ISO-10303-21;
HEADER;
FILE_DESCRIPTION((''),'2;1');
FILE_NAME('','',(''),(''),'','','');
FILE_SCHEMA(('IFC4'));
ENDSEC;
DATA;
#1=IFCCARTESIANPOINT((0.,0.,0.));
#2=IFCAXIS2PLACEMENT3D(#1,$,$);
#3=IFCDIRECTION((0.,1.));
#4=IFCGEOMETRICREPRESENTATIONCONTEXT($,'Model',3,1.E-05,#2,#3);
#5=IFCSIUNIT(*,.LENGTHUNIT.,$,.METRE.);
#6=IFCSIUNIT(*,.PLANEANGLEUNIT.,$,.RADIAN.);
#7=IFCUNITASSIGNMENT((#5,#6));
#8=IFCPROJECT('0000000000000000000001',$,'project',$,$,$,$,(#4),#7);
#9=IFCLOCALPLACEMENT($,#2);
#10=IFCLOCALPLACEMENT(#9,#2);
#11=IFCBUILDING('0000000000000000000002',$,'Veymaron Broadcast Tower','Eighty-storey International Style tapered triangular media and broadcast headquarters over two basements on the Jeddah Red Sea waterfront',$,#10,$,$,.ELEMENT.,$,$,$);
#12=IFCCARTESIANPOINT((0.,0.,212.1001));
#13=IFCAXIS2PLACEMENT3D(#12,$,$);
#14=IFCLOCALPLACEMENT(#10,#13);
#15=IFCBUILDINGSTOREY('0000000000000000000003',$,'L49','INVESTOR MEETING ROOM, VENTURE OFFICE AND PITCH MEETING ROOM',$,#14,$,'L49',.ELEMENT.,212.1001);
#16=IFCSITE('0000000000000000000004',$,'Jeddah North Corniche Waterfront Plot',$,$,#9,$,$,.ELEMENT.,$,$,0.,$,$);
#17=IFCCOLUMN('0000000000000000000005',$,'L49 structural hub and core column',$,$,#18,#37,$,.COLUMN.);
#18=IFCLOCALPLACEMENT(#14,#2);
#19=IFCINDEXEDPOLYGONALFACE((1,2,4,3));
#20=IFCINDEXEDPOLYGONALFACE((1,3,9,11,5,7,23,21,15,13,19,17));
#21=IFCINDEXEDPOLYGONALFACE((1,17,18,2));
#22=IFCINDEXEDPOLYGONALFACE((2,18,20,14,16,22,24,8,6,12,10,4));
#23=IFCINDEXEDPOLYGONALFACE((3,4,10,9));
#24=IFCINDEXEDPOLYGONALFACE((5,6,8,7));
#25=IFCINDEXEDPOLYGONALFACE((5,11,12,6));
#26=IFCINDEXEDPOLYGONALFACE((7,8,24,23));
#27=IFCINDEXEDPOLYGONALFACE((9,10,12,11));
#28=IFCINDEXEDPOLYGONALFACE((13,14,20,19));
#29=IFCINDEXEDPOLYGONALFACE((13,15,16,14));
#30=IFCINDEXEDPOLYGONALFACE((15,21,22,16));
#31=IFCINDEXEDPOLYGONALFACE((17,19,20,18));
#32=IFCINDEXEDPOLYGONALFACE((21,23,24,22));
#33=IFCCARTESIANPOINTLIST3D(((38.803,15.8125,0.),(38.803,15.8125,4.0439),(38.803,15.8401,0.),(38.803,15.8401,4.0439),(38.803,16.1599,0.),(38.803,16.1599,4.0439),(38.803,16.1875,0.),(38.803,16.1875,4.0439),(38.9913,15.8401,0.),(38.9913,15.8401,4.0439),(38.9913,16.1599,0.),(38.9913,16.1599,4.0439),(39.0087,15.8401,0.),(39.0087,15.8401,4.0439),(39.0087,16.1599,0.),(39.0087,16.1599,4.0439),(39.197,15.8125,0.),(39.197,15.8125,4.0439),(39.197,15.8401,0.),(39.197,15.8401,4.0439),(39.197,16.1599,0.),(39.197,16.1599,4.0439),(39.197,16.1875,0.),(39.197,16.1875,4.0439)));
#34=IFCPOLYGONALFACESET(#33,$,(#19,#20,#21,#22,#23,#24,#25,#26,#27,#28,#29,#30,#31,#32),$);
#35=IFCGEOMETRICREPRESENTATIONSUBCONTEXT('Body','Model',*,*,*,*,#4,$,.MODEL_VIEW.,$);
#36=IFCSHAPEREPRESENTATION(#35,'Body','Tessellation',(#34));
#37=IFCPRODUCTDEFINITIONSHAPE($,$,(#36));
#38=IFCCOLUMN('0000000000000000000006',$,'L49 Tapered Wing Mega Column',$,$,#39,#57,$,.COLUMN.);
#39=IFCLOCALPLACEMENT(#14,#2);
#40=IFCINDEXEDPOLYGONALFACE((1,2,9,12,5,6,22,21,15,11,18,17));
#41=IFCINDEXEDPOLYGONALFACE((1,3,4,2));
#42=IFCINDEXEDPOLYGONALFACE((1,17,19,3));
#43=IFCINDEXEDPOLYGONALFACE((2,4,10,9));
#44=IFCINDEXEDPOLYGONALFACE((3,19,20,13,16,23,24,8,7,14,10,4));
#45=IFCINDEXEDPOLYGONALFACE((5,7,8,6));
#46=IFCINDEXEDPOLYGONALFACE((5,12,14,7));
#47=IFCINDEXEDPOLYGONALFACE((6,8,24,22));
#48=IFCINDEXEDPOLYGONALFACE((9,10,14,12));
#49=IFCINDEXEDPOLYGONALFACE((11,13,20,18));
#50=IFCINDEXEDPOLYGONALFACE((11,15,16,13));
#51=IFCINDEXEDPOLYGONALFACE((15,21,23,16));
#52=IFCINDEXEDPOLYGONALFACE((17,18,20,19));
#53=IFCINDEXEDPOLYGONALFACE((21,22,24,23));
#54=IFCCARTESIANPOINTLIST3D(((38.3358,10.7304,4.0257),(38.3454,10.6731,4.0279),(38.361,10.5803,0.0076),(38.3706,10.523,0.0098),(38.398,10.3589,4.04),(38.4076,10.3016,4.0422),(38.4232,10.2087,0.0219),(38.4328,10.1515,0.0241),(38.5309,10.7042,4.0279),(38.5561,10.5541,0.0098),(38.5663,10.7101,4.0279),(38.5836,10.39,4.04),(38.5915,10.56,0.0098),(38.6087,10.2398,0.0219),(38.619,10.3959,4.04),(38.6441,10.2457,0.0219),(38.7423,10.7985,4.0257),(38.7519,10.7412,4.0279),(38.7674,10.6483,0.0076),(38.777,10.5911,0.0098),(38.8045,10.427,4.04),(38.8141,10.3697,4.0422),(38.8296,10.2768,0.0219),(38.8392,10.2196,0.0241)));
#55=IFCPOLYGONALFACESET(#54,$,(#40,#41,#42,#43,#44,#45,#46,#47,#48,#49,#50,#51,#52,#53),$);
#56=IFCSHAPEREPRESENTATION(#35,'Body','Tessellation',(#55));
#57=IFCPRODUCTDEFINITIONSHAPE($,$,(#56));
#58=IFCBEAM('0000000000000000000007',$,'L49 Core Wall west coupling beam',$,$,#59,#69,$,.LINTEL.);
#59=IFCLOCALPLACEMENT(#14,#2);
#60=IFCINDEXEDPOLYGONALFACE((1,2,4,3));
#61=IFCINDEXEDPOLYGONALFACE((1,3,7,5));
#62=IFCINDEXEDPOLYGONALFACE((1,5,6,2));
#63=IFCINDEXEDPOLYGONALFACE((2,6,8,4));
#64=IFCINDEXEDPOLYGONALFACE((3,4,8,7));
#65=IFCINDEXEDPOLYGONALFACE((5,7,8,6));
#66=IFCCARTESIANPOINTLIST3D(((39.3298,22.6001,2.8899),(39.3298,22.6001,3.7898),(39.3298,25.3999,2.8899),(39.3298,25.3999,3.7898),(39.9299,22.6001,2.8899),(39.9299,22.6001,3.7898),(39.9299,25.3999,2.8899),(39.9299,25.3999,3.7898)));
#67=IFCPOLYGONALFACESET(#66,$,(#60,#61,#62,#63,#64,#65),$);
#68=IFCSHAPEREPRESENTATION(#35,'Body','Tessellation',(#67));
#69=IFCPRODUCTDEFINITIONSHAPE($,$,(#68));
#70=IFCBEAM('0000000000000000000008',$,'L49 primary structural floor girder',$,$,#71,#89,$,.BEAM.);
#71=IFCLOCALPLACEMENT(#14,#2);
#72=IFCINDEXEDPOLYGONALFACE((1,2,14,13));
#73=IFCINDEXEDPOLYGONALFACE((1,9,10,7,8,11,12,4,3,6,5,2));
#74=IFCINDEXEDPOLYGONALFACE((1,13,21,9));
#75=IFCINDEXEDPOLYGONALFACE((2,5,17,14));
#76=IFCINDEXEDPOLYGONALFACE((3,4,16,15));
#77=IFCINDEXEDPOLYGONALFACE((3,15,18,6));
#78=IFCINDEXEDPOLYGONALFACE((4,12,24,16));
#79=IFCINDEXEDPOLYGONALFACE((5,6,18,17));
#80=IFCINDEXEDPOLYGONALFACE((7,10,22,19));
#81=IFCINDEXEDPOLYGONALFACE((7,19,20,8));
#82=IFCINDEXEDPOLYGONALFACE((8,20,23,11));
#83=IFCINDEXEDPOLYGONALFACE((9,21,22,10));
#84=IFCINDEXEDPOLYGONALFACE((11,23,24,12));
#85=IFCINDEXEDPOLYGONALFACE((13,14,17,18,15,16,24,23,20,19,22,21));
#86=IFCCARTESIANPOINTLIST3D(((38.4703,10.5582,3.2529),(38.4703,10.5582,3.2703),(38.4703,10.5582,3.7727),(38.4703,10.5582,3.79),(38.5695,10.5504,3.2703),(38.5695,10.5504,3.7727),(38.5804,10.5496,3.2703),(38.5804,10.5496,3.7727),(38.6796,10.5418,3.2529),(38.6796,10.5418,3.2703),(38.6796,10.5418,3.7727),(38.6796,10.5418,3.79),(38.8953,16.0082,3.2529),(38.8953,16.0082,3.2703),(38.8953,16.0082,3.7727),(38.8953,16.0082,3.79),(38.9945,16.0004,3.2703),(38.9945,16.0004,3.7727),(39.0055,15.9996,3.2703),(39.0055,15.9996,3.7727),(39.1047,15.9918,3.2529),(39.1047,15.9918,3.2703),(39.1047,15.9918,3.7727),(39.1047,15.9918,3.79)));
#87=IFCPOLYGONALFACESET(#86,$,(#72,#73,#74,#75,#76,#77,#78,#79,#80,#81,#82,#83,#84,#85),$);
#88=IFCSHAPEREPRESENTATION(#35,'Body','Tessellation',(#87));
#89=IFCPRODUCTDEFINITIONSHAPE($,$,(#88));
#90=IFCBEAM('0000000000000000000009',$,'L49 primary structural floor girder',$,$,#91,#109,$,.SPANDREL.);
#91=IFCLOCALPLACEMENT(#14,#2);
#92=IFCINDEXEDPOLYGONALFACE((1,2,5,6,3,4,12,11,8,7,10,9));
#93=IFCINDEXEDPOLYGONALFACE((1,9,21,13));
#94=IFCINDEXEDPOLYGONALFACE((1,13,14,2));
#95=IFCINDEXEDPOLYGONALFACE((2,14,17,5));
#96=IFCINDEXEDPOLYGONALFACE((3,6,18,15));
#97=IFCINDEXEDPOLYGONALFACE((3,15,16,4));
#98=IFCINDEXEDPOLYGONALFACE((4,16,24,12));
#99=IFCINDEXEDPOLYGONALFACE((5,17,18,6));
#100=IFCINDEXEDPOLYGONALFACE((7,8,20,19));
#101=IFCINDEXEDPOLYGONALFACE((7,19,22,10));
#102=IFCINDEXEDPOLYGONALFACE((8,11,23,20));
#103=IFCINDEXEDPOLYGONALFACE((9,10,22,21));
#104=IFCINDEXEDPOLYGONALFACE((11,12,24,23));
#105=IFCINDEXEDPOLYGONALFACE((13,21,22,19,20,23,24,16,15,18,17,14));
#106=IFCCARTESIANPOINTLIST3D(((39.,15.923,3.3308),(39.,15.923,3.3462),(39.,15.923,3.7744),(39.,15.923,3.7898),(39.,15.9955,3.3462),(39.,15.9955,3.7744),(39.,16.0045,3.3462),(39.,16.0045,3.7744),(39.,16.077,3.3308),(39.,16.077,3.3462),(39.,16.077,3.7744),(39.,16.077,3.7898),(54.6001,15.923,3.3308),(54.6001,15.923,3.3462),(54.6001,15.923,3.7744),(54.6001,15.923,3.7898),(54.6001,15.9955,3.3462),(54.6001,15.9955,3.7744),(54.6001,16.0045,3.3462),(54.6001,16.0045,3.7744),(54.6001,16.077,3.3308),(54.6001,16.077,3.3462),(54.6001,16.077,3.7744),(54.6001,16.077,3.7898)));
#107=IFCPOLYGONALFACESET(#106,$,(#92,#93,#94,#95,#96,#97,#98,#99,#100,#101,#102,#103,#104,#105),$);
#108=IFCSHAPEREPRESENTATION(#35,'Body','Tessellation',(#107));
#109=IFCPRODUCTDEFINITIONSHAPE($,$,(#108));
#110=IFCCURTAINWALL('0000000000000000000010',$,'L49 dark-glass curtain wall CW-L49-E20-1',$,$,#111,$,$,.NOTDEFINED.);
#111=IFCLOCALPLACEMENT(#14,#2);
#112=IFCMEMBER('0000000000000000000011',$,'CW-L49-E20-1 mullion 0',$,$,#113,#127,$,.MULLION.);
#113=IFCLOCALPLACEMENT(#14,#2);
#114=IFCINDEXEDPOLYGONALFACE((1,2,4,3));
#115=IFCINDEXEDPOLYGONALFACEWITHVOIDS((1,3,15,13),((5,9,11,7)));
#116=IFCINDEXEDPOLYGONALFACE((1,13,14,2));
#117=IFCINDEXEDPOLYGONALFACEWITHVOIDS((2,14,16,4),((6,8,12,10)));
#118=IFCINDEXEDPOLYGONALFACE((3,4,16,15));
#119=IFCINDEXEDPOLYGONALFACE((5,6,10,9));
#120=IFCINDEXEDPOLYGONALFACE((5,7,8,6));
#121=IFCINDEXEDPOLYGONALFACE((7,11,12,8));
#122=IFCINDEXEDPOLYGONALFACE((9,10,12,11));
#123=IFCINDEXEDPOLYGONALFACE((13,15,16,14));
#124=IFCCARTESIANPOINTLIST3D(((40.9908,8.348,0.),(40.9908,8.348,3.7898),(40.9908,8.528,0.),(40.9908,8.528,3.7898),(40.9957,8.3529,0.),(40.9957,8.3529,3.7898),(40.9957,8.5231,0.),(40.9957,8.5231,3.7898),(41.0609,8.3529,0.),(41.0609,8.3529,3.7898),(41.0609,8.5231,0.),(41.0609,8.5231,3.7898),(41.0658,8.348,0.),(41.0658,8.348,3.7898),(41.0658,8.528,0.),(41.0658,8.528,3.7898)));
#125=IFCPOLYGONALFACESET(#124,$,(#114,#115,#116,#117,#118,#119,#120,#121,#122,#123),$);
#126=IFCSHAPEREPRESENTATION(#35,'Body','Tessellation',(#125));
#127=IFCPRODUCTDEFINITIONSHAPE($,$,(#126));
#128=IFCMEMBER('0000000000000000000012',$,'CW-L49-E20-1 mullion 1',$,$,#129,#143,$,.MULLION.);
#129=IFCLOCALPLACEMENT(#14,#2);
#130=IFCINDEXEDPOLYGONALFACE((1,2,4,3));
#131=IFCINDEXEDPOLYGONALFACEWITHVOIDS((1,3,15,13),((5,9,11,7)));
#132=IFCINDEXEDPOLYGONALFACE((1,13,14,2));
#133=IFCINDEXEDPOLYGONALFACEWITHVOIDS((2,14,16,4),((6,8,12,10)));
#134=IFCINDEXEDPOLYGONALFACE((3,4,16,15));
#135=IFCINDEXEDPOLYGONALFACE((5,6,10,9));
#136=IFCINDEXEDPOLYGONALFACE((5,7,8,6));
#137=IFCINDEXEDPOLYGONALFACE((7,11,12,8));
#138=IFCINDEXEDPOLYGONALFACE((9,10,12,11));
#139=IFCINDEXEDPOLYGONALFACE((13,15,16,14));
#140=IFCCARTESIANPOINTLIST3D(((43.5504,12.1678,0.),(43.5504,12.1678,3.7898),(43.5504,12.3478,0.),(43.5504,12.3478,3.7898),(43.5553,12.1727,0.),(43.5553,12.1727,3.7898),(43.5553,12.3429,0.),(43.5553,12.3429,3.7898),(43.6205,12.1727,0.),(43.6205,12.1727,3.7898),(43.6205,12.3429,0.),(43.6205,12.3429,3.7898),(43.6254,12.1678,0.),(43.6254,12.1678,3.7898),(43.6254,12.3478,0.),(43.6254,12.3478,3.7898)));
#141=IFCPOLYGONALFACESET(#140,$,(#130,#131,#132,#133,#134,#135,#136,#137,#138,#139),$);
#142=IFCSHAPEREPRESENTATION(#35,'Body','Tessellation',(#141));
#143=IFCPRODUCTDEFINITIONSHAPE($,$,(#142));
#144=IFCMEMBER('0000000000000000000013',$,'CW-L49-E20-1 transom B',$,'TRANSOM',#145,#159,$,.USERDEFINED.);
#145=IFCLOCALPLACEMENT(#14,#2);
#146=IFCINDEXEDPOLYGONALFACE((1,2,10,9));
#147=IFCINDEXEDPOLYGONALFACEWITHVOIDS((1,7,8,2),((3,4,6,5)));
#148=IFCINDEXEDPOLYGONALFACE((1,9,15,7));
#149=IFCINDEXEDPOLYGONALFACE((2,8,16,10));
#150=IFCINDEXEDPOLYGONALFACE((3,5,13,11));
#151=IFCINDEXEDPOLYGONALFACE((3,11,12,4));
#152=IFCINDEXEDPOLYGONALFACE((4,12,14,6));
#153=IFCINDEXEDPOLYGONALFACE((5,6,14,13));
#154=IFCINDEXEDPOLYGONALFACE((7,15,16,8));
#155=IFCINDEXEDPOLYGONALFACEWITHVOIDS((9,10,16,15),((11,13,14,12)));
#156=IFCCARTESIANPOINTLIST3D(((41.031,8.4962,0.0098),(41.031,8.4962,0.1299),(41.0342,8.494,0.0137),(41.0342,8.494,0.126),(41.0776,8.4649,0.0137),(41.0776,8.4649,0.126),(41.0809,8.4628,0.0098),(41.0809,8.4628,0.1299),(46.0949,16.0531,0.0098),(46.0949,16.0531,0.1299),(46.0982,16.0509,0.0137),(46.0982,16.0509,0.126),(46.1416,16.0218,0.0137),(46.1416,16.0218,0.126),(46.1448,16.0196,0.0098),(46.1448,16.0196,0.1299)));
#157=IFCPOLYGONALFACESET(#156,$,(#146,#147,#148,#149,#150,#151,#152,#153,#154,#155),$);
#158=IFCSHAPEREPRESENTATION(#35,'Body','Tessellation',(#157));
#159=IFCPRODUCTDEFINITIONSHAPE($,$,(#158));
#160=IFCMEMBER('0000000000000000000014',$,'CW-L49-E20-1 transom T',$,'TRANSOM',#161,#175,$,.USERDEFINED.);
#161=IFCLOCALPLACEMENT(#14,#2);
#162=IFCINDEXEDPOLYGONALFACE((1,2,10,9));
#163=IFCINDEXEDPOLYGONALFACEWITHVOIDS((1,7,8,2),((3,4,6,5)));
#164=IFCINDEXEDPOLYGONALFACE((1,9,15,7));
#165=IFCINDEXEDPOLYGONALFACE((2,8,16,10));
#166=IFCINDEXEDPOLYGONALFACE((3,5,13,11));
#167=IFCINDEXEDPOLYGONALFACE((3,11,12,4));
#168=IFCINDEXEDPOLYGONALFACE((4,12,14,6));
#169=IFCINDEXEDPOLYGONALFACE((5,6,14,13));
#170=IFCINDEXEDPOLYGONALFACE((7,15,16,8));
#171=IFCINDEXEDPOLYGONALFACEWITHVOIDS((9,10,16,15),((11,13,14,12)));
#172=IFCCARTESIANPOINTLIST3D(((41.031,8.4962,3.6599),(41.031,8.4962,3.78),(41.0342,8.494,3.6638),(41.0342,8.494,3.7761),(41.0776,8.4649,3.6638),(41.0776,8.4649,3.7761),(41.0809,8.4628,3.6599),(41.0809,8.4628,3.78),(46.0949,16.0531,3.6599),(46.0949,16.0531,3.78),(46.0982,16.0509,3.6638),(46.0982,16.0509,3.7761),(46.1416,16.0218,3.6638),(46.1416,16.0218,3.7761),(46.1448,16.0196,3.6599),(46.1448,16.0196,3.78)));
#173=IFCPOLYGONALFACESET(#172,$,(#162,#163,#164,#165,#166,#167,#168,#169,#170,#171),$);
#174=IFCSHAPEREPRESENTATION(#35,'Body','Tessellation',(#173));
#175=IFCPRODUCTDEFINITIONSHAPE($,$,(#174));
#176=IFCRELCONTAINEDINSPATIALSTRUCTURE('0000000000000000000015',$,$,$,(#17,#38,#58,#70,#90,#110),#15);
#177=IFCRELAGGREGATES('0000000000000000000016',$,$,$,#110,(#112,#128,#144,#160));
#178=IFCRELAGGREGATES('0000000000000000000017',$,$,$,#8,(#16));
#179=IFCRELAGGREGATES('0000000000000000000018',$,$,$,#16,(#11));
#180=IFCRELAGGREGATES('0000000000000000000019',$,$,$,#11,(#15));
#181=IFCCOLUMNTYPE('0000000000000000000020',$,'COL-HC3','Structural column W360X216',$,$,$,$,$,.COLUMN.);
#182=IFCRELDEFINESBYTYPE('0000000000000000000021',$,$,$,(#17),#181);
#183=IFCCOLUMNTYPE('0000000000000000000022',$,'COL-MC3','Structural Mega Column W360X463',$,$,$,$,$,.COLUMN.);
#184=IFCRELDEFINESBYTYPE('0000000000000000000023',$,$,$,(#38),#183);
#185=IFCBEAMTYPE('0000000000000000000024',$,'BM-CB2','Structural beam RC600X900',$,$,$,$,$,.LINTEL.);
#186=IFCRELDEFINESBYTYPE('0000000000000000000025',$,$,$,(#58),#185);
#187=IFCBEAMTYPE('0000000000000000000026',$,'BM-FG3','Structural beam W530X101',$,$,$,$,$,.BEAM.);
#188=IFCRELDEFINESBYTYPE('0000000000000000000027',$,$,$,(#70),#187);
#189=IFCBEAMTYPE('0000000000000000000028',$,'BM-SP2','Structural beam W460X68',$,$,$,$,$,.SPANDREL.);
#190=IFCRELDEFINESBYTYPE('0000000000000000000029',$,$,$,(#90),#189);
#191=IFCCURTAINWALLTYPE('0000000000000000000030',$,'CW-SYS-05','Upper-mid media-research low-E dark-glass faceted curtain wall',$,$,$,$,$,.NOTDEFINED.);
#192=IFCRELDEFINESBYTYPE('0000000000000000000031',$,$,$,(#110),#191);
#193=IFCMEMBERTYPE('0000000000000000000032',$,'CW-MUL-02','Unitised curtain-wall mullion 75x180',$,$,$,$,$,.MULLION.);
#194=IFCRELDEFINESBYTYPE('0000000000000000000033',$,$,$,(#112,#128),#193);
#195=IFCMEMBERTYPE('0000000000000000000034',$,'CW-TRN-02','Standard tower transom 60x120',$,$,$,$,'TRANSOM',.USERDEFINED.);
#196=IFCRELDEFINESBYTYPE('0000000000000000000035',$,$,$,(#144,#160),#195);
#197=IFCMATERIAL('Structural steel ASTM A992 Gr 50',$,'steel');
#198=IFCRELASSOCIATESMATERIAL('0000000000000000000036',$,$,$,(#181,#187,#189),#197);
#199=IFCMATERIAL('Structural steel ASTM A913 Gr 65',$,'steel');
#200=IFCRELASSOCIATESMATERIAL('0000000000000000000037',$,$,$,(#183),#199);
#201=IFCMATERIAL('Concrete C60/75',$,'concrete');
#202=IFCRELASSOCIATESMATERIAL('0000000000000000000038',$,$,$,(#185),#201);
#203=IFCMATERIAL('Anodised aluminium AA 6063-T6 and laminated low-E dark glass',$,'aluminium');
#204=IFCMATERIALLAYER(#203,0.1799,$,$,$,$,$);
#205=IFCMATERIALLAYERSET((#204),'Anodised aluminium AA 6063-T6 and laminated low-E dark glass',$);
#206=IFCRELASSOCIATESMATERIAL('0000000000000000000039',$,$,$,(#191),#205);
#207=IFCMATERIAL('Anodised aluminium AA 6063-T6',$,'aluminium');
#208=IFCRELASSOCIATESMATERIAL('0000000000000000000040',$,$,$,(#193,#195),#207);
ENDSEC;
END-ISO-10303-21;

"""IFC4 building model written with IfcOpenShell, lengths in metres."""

from ifc_helpers import new_model, si_unit, direction, frame, origin, origin_2d, place, context, subcontext, project, spatial, rectangle, hollow_rectangle, i_section, extrude, material, layer, layer_set, material_profile, profile_set, type_object, element, aggregate, save


model = new_model("IFC4")

# Units and contexts
model_context = context("Model", 3, precision=1e-05, world=origin(), true_north=direction((0.0, 1.0)))
body_context = subcontext(model_context, "Body", "Model", "MODEL_VIEW")
ifc_project = project(units=[si_unit("LENGTHUNIT", "METRE"), si_unit("PLANEANGLEUNIT", "RADIAN")], contexts=[model_context])

# Site, building, storey
site_placement = place(None, origin())
site = spatial("IfcSite", under=ifc_project, at=site_placement, Name="Jeddah North Corniche Waterfront Plot", CompositionType="ELEMENT", RefElevation=0.0)
building_placement = place(site_placement, origin())
building = spatial("IfcBuilding", under=site, at=building_placement, Name="Veymaron Broadcast Tower", Description="Eighty-storey International Style tapered triangular media and broadcast headquarters over two basements on the Jeddah Red Sea waterfront", CompositionType="ELEMENT")
storey_placement = place(building_placement, frame((0.0, 0.0, 212.1001)))
storey = spatial("IfcBuildingStorey", under=building, at=storey_placement, Name="L49", Description="INVESTOR MEETING ROOM, VENTURE OFFICE AND PITCH MEETING ROOM", LongName="L49", CompositionType="ELEMENT", Elevation=212.1001)

# Columns
ifc_material_1 = material(Name="Structural steel ASTM A992 Gr 50", Category="steel")
ifc_material_profile_1 = material_profile(ifc_material_1, i_section(OverallWidth=0.394, OverallDepth=0.375, WebThickness=0.0173, FlangeThickness=0.0276, at=origin_2d()), Name="W360X216")
ifc_profile_set_1 = profile_set([ifc_material_profile_1], Name="Structural steel ASTM A992 Gr 50")
column_type_1 = type_object("IfcColumnType", Name="COL-HC3", Description="Structural column W360X216", PredefinedType="COLUMN", material=ifc_profile_set_1)
column_1_placement = place(storey_placement, frame((39.0, 16.0, 0.0), z_axis=(0.0, 0.0, 1.0), x_axis=(1.0, 0.0, 0.0)))
element("IfcColumn", 1, at=column_1_placement, inside=storey, type_object=column_type_1, Name="L49 structural hub and core column", PredefinedType="COLUMN", context=body_context, shape_type="SweptSolid", body=[
    extrude(i_section(OverallWidth=0.394, OverallDepth=0.375, WebThickness=0.0173, FlangeThickness=0.0276, at=origin_2d()), origin(), (0.0, 0.0, 1.0), 4.0439),
])
ifc_material_2 = material(Name="Structural steel ASTM A913 Gr 65", Category="steel")
ifc_material_profile_2 = material_profile(ifc_material_2, i_section(OverallWidth=0.4121, OverallDepth=0.4351, WebThickness=0.0359, FlangeThickness=0.0581, at=origin_2d()), Name="W360X463")
ifc_profile_set_2 = profile_set([ifc_material_profile_2], Name="Structural steel ASTM A913 Gr 65")
column_type_2 = type_object("IfcColumnType", Name="COL-MC3", Description="Structural Mega Column W360X463", PredefinedType="COLUMN", material=ifc_profile_set_2)
column_2_placement = place(storey_placement, frame((38.6001, 10.3999, 0.0159), z_axis=(-0.006254, 0.037341, 0.999283), x_axis=(-0.986264, -0.165179, 0.0)))
element("IfcColumn", 2, at=column_2_placement, inside=storey, type_object=column_type_2, Name="L49 Tapered Wing Mega Column", PredefinedType="COLUMN", context=body_context, shape_type="SweptSolid", body=[
    extrude(i_section(OverallWidth=0.4121, OverallDepth=0.4351, WebThickness=0.0359, FlangeThickness=0.0581, at=origin_2d()), origin(), (0.0, 0.0, 1.0), 4.021),
])

# Beams
ifc_material_3 = material(Name="Concrete C60/75", Category="concrete")
ifc_material_profile_3 = material_profile(ifc_material_3, rectangle(XDim=0.6001, YDim=0.8999, at=origin_2d()), Name="RC600X900")
ifc_profile_set_3 = profile_set([ifc_material_profile_3], Name="Concrete C60/75")
beam_type_1 = type_object("IfcBeamType", Name="BM-CB2", Description="Structural beam RC600X900", PredefinedType="LINTEL", material=ifc_profile_set_3)
beam_1_placement = place(storey_placement, frame((39.6299, 22.6001, 3.3398), z_axis=(0.0, 1.0, 0.0), x_axis=(-1.0, 0.0, 0.0)))
element("IfcBeam", 3, at=beam_1_placement, inside=storey, type_object=beam_type_1, Name="L49 Core Wall west coupling beam", PredefinedType="LINTEL", context=body_context, shape_type="SweptSolid", body=[
    extrude(rectangle(XDim=0.6001, YDim=0.8999, at=origin_2d()), origin(), (0.0, 0.0, 1.0), 2.7998),
])
ifc_material_profile_4 = material_profile(ifc_material_1, i_section(OverallWidth=0.21, OverallDepth=0.5371, WebThickness=0.011, FlangeThickness=0.0173, at=origin_2d()), Name="W530X101")
ifc_profile_set_4 = profile_set([ifc_material_profile_4], Name="Structural steel ASTM A992 Gr 50")
beam_type_2 = type_object("IfcBeamType", Name="BM-FG3", Description="Structural beam W530X101", PredefinedType="BEAM", material=ifc_profile_set_4)
beam_2_placement = place(storey_placement, frame((39.0, 16.0, 3.5215), z_axis=(-0.077755, -0.996972, 0.0), x_axis=(0.996972, -0.077755, 0.0)))
element("IfcBeam", 4, at=beam_2_placement, inside=storey, type_object=beam_type_2, Name="L49 primary structural floor girder", PredefinedType="BEAM", context=body_context, shape_type="SweptSolid", body=[
    extrude(i_section(OverallWidth=0.21, OverallDepth=0.5371, WebThickness=0.011, FlangeThickness=0.0173, at=origin_2d()), origin(), (0.0, 0.0, 1.0), 5.4666),
])
ifc_material_profile_5 = material_profile(ifc_material_1, i_section(OverallWidth=0.1541, OverallDepth=0.459, WebThickness=0.009, FlangeThickness=0.0154, at=origin_2d()), Name="W460X68")
ifc_profile_set_5 = profile_set([ifc_material_profile_5], Name="Structural steel ASTM A992 Gr 50")
beam_type_3 = type_object("IfcBeamType", Name="BM-SP2", Description="Structural beam W460X68", PredefinedType="SPANDREL", material=ifc_profile_set_5)
beam_3_placement = place(storey_placement, frame((39.0, 16.0, 3.5603), z_axis=(1.0, 0.0, 0.0), x_axis=(0.0, 1.0, 0.0)))
element("IfcBeam", 5, at=beam_3_placement, inside=storey, type_object=beam_type_3, Name="L49 primary structural floor girder", PredefinedType="SPANDREL", context=body_context, shape_type="SweptSolid", body=[
    extrude(i_section(OverallWidth=0.1541, OverallDepth=0.459, WebThickness=0.009, FlangeThickness=0.0154, at=origin_2d()), origin(), (0.0, 0.0, 1.0), 15.6001),
])

# Curtain wall, members
ifc_material_4 = material(Name="Anodised aluminium AA 6063-T6 and laminated low-E dark glass", Category="aluminium")
ifc_layer_1 = layer(ifc_material_4, 0.1799)
ifc_layer_set_1 = layer_set([ifc_layer_1], Name="Anodised aluminium AA 6063-T6 and laminated low-E dark glass")
curtain_wall_type = type_object("IfcCurtainWallType", Name="CW-SYS-05", Description="Upper-mid media-research low-E dark-glass faceted curtain wall", PredefinedType="NOTDEFINED", material=ifc_layer_set_1)
curtain_wall_placement = place(storey_placement, origin())
curtain_wall = element("IfcCurtainWall", 6, at=curtain_wall_placement, inside=storey, type_object=curtain_wall_type, Name="L49 dark-glass curtain wall CW-L49-E20-1", PredefinedType="NOTDEFINED")
ifc_material_5 = material(Name="Anodised aluminium AA 6063-T6", Category="aluminium")
ifc_material_profile_6 = material_profile(ifc_material_5, hollow_rectangle(XDim=0.075, YDim=0.1799, WallThickness=0.0049, at=origin_2d()), Name="AL180X75X5")
ifc_profile_set_6 = profile_set([ifc_material_profile_6], Name="Anodised aluminium AA 6063-T6")
member_type_1 = type_object("IfcMemberType", Name="CW-MUL-02", Description="Unitised curtain-wall mullion 75x180", PredefinedType="MULLION", material=ifc_profile_set_6)
member_1_placement = place(storey_placement, frame((41.0283, 8.438, 0.0), z_axis=(0.0, 0.0, 1.0), x_axis=(1.0, 0.0, 0.0)))
member_1 = element("IfcMember", 7, at=member_1_placement, type_object=member_type_1, Name="CW-L49-E20-1 mullion 0", PredefinedType="MULLION", context=body_context, shape_type="SweptSolid", body=[
    extrude(hollow_rectangle(XDim=0.075, YDim=0.1799, WallThickness=0.0049, at=origin_2d()), origin(), (0.0, 0.0, 1.0), 3.7898),
])
member_2_placement = place(storey_placement, frame((43.5879, 12.2578, 0.0), z_axis=(0.0, 0.0, 1.0), x_axis=(1.0, 0.0, 0.0)))
member_2 = element("IfcMember", 8, at=member_2_placement, type_object=member_type_1, Name="CW-L49-E20-1 mullion 1", PredefinedType="MULLION", context=body_context, shape_type="SweptSolid", body=[
    extrude(hollow_rectangle(XDim=0.075, YDim=0.1799, WallThickness=0.0049, at=origin_2d()), origin(), (0.0, 0.0, 1.0), 3.7898),
])
ifc_material_profile_7 = material_profile(ifc_material_5, hollow_rectangle(XDim=0.0601, YDim=0.1201, WallThickness=0.0039, at=origin_2d()), Name="AL120X60X4")
ifc_profile_set_7 = profile_set([ifc_material_profile_7], Name="Anodised aluminium AA 6063-T6")
member_type_2 = type_object("IfcMemberType", Name="CW-TRN-02", Description="Standard tower transom 60x120", ElementType="TRANSOM", PredefinedType="USERDEFINED", material=ifc_profile_set_7)
member_3_placement = place(storey_placement, frame((41.0559, 8.4795, 0.0698), z_axis=(0.556681, 0.830727, 0.0), x_axis=(-0.830727, 0.556681, 0.0)))
member_3 = element("IfcMember", 9, at=member_3_placement, type_object=member_type_2, Name="CW-L49-E20-1 transom B", ObjectType="TRANSOM", PredefinedType="USERDEFINED", context=body_context, shape_type="SweptSolid", body=[
    extrude(hollow_rectangle(XDim=0.0601, YDim=0.1201, WallThickness=0.0039, at=origin_2d()), origin(), (0.0, 0.0, 1.0), 9.0967),
])
member_4_placement = place(storey_placement, frame((41.0559, 8.4795, 3.72), z_axis=(0.556681, 0.830727, 0.0), x_axis=(-0.830727, 0.556681, 0.0)))
member_4 = element("IfcMember", 10, at=member_4_placement, type_object=member_type_2, Name="CW-L49-E20-1 transom T", ObjectType="TRANSOM", PredefinedType="USERDEFINED", context=body_context, shape_type="SweptSolid", body=[
    extrude(hollow_rectangle(XDim=0.0601, YDim=0.1201, WallThickness=0.0039, at=origin_2d()), origin(), (0.0, 0.0, 1.0), 9.0967),
])
aggregate(curtain_wall, [member_1, member_2, member_3, member_4])

save(model, "model.ifc")
